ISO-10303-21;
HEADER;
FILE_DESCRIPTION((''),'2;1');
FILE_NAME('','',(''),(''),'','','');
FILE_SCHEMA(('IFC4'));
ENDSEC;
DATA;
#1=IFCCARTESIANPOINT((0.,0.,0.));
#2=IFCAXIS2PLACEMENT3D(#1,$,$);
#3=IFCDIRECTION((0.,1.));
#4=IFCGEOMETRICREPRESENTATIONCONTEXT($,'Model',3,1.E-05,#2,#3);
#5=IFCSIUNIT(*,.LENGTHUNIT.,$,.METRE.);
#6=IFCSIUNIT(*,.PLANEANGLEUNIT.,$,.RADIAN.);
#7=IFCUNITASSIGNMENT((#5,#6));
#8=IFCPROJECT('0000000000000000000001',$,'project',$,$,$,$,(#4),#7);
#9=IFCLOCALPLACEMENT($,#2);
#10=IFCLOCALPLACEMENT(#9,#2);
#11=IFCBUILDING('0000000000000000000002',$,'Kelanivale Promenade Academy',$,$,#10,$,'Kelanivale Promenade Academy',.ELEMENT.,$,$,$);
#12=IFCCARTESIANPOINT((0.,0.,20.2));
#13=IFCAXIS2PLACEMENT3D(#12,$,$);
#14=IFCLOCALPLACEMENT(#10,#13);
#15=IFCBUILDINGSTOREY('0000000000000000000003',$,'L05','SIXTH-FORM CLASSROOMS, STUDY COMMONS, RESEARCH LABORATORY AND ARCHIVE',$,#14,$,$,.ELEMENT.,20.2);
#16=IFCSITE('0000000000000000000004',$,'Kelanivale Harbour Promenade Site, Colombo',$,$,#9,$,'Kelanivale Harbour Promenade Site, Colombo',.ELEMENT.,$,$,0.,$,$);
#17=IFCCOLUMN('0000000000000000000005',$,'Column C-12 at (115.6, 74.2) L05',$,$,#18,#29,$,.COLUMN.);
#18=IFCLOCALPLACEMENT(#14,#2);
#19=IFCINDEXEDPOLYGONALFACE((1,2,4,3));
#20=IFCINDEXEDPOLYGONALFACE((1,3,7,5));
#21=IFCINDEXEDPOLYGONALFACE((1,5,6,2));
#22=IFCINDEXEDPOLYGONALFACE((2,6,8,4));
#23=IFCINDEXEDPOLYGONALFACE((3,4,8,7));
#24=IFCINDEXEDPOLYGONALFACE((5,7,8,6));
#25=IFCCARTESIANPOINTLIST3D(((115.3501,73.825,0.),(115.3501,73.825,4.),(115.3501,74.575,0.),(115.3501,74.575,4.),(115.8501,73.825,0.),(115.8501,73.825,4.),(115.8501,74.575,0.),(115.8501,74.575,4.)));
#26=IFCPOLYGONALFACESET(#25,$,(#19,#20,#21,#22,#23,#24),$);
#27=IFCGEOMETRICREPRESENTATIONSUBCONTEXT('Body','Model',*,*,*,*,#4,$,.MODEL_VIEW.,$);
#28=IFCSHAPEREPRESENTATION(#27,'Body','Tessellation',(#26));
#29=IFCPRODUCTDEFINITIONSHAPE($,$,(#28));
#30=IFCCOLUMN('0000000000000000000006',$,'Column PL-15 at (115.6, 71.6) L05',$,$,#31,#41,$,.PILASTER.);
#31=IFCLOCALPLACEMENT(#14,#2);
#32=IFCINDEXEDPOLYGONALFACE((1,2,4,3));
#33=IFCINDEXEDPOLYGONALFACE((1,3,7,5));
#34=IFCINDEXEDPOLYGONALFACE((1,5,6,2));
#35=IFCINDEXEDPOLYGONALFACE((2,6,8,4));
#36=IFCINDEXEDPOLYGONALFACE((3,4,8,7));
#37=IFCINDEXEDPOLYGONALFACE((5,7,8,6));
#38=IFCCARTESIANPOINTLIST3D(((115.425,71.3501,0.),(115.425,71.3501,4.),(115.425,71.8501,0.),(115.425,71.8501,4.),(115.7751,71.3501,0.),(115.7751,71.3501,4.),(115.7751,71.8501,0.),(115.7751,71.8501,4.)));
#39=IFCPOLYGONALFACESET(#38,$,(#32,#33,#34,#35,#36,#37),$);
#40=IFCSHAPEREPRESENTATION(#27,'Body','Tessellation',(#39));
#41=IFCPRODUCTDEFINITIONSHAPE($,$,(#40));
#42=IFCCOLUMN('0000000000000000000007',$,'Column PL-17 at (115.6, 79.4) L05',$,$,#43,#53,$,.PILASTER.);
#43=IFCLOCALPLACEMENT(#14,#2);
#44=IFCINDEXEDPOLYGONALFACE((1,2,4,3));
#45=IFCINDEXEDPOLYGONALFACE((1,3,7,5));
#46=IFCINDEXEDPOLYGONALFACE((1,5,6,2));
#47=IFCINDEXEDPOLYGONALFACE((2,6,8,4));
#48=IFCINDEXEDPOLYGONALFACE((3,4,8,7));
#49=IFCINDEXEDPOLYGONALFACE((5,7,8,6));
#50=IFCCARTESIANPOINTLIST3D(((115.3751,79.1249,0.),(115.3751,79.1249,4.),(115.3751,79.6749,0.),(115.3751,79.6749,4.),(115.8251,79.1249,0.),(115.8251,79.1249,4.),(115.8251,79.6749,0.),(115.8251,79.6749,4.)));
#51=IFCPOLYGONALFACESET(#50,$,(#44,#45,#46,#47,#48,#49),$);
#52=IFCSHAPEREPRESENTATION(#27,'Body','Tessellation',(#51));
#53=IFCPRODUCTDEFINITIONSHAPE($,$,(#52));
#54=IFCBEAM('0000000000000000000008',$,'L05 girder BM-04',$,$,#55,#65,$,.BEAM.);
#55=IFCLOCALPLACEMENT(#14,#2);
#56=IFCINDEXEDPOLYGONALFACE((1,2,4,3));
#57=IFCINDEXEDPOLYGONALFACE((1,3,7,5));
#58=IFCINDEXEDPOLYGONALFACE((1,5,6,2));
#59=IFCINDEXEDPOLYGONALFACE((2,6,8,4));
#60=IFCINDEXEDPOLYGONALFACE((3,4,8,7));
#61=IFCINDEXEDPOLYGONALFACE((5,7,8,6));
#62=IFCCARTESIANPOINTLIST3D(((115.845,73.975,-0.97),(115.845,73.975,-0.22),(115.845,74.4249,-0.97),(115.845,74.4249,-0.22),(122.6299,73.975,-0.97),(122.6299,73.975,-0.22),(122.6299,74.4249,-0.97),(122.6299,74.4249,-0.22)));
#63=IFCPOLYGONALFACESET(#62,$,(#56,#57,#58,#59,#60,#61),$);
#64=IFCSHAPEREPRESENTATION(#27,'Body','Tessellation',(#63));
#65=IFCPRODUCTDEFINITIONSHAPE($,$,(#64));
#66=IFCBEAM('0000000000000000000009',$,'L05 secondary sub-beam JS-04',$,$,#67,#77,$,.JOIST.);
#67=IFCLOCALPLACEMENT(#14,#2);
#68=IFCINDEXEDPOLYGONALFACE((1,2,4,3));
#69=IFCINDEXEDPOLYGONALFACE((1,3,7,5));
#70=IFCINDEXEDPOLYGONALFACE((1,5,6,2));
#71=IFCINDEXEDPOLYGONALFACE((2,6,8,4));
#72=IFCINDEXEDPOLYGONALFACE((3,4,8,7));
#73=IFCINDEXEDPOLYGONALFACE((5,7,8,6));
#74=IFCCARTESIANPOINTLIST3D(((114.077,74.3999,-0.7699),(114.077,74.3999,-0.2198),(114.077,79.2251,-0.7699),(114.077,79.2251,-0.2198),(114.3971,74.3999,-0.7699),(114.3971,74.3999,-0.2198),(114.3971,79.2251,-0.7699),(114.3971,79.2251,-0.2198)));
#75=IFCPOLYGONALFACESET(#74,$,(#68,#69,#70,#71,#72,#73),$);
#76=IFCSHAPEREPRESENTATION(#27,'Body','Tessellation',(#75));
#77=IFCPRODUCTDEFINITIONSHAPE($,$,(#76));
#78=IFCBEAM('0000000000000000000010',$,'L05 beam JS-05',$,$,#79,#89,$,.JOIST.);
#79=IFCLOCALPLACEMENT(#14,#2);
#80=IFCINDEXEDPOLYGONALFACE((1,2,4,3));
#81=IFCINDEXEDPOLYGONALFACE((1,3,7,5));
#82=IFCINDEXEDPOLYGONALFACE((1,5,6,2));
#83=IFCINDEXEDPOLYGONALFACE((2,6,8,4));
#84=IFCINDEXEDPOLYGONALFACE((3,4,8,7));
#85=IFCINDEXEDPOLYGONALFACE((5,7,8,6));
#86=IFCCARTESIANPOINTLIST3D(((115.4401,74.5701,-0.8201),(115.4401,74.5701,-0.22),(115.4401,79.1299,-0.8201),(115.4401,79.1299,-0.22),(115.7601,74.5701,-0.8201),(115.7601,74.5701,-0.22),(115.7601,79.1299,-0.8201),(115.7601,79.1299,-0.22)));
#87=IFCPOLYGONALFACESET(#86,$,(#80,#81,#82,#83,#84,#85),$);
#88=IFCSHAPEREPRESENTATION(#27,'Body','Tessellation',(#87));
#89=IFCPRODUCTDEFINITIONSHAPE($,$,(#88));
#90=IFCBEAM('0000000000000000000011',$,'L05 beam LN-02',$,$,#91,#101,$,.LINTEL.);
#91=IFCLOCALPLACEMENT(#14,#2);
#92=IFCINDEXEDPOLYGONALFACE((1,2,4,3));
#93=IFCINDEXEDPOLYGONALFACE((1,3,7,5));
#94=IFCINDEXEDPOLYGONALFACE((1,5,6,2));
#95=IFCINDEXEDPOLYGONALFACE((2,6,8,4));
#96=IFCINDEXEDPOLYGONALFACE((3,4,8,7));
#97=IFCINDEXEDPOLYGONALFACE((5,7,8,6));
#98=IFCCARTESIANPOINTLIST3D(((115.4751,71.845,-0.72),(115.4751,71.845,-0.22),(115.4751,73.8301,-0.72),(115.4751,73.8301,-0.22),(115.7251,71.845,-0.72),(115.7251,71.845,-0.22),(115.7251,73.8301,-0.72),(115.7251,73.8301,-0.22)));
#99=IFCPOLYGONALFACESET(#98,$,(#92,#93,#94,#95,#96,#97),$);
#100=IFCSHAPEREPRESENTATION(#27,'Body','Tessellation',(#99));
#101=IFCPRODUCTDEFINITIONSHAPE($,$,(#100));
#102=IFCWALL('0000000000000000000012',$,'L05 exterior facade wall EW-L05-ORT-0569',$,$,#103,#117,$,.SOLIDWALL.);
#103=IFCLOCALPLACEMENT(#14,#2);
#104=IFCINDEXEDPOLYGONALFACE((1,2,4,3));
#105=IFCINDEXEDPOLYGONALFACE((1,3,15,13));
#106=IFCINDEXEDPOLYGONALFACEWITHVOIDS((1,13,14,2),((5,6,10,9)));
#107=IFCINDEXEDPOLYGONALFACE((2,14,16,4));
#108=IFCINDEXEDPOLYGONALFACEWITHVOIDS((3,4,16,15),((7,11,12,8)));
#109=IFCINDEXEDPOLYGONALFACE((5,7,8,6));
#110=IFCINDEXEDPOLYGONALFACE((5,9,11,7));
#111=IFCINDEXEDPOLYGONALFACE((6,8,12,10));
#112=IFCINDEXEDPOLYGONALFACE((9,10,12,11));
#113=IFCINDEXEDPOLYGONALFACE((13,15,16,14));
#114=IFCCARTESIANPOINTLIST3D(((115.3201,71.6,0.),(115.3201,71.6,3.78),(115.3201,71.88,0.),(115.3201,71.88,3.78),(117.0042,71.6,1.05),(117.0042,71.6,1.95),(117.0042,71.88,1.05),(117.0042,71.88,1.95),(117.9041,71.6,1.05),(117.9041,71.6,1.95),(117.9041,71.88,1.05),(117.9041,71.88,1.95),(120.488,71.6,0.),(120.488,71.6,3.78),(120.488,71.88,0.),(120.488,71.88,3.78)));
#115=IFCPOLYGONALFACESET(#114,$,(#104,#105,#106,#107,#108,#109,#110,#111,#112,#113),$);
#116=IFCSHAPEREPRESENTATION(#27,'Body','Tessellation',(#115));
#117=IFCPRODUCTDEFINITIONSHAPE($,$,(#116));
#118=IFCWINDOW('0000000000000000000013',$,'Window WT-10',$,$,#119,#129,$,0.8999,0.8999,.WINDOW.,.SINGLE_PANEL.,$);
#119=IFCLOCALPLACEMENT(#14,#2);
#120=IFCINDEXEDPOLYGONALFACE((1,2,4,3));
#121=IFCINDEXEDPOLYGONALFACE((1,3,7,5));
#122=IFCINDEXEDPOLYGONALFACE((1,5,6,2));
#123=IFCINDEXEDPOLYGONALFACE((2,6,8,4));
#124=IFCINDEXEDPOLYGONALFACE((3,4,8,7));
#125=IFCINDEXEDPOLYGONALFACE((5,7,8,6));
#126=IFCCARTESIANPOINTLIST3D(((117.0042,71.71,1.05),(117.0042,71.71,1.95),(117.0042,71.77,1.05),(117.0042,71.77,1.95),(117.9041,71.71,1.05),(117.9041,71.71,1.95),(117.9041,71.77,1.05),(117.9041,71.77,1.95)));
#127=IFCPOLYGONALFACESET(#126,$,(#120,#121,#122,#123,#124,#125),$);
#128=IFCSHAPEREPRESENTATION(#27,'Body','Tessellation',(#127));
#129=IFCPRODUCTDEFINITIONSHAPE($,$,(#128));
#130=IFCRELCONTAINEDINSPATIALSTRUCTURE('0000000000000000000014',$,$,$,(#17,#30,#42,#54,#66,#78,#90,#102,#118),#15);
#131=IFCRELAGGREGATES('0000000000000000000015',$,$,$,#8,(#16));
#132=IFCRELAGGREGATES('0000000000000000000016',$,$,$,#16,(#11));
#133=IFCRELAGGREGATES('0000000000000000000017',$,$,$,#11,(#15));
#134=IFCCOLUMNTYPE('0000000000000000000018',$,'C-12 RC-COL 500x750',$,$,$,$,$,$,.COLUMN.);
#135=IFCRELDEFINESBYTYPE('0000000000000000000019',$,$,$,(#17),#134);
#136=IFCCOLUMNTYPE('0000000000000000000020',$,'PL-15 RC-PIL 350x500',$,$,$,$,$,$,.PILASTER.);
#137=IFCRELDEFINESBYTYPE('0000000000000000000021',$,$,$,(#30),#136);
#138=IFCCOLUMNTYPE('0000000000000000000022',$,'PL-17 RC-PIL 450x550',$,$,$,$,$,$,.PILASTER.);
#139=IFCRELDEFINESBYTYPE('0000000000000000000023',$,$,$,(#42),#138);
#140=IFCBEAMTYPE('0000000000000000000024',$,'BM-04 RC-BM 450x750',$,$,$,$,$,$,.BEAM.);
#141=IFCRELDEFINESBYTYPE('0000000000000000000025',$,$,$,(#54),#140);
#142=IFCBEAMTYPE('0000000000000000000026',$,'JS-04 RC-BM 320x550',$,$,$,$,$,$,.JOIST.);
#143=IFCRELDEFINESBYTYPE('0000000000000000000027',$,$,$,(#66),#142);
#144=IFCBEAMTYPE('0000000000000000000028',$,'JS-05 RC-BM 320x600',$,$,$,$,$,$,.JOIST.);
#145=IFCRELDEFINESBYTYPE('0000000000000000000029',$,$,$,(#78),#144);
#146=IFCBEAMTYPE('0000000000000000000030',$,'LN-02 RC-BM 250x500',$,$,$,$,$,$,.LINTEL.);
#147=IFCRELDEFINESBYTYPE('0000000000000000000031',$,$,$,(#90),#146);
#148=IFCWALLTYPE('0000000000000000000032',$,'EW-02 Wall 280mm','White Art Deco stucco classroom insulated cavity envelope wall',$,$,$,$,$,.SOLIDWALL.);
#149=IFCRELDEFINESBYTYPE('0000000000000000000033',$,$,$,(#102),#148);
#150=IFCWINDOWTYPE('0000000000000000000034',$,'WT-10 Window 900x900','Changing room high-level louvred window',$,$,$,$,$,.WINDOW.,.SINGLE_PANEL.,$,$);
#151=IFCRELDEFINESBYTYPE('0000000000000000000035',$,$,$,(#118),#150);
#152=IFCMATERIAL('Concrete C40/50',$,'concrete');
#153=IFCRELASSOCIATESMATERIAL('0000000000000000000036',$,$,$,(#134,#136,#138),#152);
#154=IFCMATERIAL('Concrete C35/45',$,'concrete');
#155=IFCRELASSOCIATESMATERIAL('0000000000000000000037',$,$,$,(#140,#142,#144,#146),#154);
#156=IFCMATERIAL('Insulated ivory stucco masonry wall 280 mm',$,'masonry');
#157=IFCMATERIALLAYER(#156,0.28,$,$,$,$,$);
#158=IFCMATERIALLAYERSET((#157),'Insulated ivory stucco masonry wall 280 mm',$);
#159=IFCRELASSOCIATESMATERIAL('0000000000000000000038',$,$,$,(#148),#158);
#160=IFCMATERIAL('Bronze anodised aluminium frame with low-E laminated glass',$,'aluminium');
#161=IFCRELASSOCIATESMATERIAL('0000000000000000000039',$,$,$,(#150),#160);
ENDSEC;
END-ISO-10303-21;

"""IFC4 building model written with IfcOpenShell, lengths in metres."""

from ifc_helpers import new_model, si_unit, direction, frame, frame_2d, origin, origin_2d, place, context, subcontext, project, spatial, rectangle, extrude, material, layer, layer_set, material_profile, profile_set, type_object, element, fill, save


model = new_model("IFC4")

# Units and contexts
model_context = context("Model", 3, precision=1e-05, world=origin(), true_north=direction((0.0, 1.0)))
body_context = subcontext(model_context, "Body", "Model", "MODEL_VIEW")
ifc_project = project(units=[si_unit("LENGTHUNIT", "METRE"), si_unit("PLANEANGLEUNIT", "RADIAN")], contexts=[model_context])

# Site, building, storey
site_placement = place(None, origin())
site = spatial("IfcSite", under=ifc_project, at=site_placement, Name="Kelanivale Harbour Promenade Site, Colombo", LongName="Kelanivale Harbour Promenade Site, Colombo", CompositionType="ELEMENT", RefElevation=0.0)
building_placement = place(site_placement, origin())
building = spatial("IfcBuilding", under=site, at=building_placement, Name="Kelanivale Promenade Academy", LongName="Kelanivale Promenade Academy", CompositionType="ELEMENT")
storey_placement = place(building_placement, frame((0.0, 0.0, 20.2)))
storey = spatial("IfcBuildingStorey", under=building, at=storey_placement, Name="L05", Description="SIXTH-FORM CLASSROOMS, STUDY COMMONS, RESEARCH LABORATORY AND ARCHIVE", CompositionType="ELEMENT", Elevation=20.2)

# Columns
ifc_material_1 = material(Name="Concrete C40/50", Category="concrete")
ifc_material_profile_1 = material_profile(ifc_material_1, rectangle(XDim=0.5, YDim=0.75, at=origin_2d()), Name="RC-COL 500x750")
ifc_profile_set_1 = profile_set([ifc_material_profile_1], Name="Concrete C40/50")
column_type_1 = type_object("IfcColumnType", Name="C-12 RC-COL 500x750", PredefinedType="COLUMN", material=ifc_profile_set_1)
column_1_placement = place(storey_placement, frame((115.6001, 74.2, 0.0), z_axis=(0.0, 0.0, 1.0), x_axis=(1.0, 0.0, 0.0)))
element("IfcColumn", 1, at=column_1_placement, inside=storey, type_object=column_type_1, Name="Column C-12 at (115.6, 74.2) L05", PredefinedType="COLUMN", context=body_context, shape_type="SweptSolid", body=[
    extrude(rectangle(XDim=0.5, YDim=0.75, at=origin_2d()), origin(), (0.0, 0.0, 1.0), 4.0),
])
ifc_material_profile_2 = material_profile(ifc_material_1, rectangle(XDim=0.3501, YDim=0.5, at=origin_2d()), Name="RC-PIL 350x500")
ifc_profile_set_2 = profile_set([ifc_material_profile_2], Name="Concrete C40/50")
column_type_2 = type_object("IfcColumnType", Name="PL-15 RC-PIL 350x500", PredefinedType="PILASTER", material=ifc_profile_set_2)
column_2_placement = place(storey_placement, frame((115.6001, 71.6001, 0.0), z_axis=(0.0, 0.0, 1.0), x_axis=(1.0, 0.0, 0.0)))
element("IfcColumn", 2, at=column_2_placement, inside=storey, type_object=column_type_2, Name="Column PL-15 at (115.6, 71.6) L05", PredefinedType="PILASTER", context=body_context, shape_type="SweptSolid", body=[
    extrude(rectangle(XDim=0.3501, YDim=0.5, at=origin_2d()), origin(), (0.0, 0.0, 1.0), 4.0),
])
ifc_material_profile_3 = material_profile(ifc_material_1, rectangle(XDim=0.45, YDim=0.55, at=origin_2d()), Name="RC-PIL 450x550")
ifc_profile_set_3 = profile_set([ifc_material_profile_3], Name="Concrete C40/50")
column_type_3 = type_object("IfcColumnType", Name="PL-17 RC-PIL 450x550", PredefinedType="PILASTER", material=ifc_profile_set_3)
column_3_placement = place(storey_placement, frame((115.6001, 79.3999, 0.0), z_axis=(0.0, 0.0, 1.0), x_axis=(1.0, 0.0, 0.0)))
element("IfcColumn", 3, at=column_3_placement, inside=storey, type_object=column_type_3, Name="Column PL-17 at (115.6, 79.4) L05", PredefinedType="PILASTER", context=body_context, shape_type="SweptSolid", body=[
    extrude(rectangle(XDim=0.45, YDim=0.55, at=origin_2d()), origin(), (0.0, 0.0, 1.0), 4.0),
])

# Beams
ifc_material_2 = material(Name="Concrete C35/45", Category="concrete")
ifc_material_profile_4 = material_profile(ifc_material_2, rectangle(XDim=0.45, YDim=0.75, at=origin_2d()), Name="RC-BM 450x750")
ifc_profile_set_4 = profile_set([ifc_material_profile_4], Name="Concrete C35/45")
beam_type_1 = type_object("IfcBeamType", Name="BM-04 RC-BM 450x750", PredefinedType="BEAM", material=ifc_profile_set_4)
beam_1_placement = place(storey_placement, frame((115.845, 74.2, -0.595), z_axis=(1.0, 0.0, 0.0), x_axis=(0.0, 1.0, 0.0)))
element("IfcBeam", 4, at=beam_1_placement, inside=storey, type_object=beam_type_1, Name="L05 girder BM-04", PredefinedType="BEAM", context=body_context, shape_type="SweptSolid", body=[
    extrude(rectangle(XDim=0.45, YDim=0.75, at=origin_2d()), origin(), (0.0, 0.0, 1.0), 6.7849),
])
ifc_material_profile_5 = material_profile(ifc_material_2, rectangle(XDim=0.3201, YDim=0.55, at=origin_2d()), Name="RC-BM 320x550")
ifc_profile_set_5 = profile_set([ifc_material_profile_5], Name="Concrete C35/45")
beam_type_2 = type_object("IfcBeamType", Name="JS-04 RC-BM 320x550", PredefinedType="JOIST", material=ifc_profile_set_5)
beam_2_placement = place(storey_placement, frame((114.2371, 74.3999, -0.4949), z_axis=(0.0, 1.0, 0.0), x_axis=(-1.0, 0.0, 0.0)))
element("IfcBeam", 5, at=beam_2_placement, inside=storey, type_object=beam_type_2, Name="L05 secondary sub-beam JS-04", PredefinedType="JOIST", context=body_context, shape_type="SweptSolid", body=[
    extrude(rectangle(XDim=0.3201, YDim=0.55, at=origin_2d()), origin(), (0.0, 0.0, 1.0), 4.8252),
])
ifc_material_profile_6 = material_profile(ifc_material_2, rectangle(XDim=0.3201, YDim=0.6001, at=origin_2d()), Name="RC-BM 320x600")
ifc_profile_set_6 = profile_set([ifc_material_profile_6], Name="Concrete C35/45")
beam_type_3 = type_object("IfcBeamType", Name="JS-05 RC-BM 320x600", PredefinedType="JOIST", material=ifc_profile_set_6)
beam_3_placement = place(storey_placement, frame((115.6001, 74.5701, -0.52), z_axis=(0.0, 1.0, 0.0), x_axis=(-1.0, 0.0, 0.0)))
element("IfcBeam", 6, at=beam_3_placement, inside=storey, type_object=beam_type_3, Name="L05 beam JS-05", PredefinedType="JOIST", context=body_context, shape_type="SweptSolid", body=[
    extrude(rectangle(XDim=0.3201, YDim=0.6001, at=origin_2d()), origin(), (0.0, 0.0, 1.0), 4.5598),
])
ifc_material_profile_7 = material_profile(ifc_material_2, rectangle(XDim=0.25, YDim=0.5, at=origin_2d()), Name="RC-BM 250x500")
ifc_profile_set_7 = profile_set([ifc_material_profile_7], Name="Concrete C35/45")
beam_type_4 = type_object("IfcBeamType", Name="LN-02 RC-BM 250x500", PredefinedType="LINTEL", material=ifc_profile_set_7)
beam_4_placement = place(storey_placement, frame((115.6001, 71.845, -0.47), z_axis=(0.0, 1.0, 0.0), x_axis=(-1.0, 0.0, 0.0)))
element("IfcBeam", 7, at=beam_4_placement, inside=storey, type_object=beam_type_4, Name="L05 beam LN-02", PredefinedType="LINTEL", context=body_context, shape_type="SweptSolid", body=[
    extrude(rectangle(XDim=0.25, YDim=0.5, at=origin_2d()), origin(), (0.0, 0.0, 1.0), 1.9851),
])

# Wall, opening, window
ifc_material_3 = material(Name="Insulated ivory stucco masonry wall 280 mm", Category="masonry")
ifc_layer_1 = layer(ifc_material_3, 0.28)
ifc_layer_set_1 = layer_set([ifc_layer_1], Name="Insulated ivory stucco masonry wall 280 mm")
wall_type_1 = type_object("IfcWallType", Name="EW-02 Wall 280mm", Description="White Art Deco stucco classroom insulated cavity envelope wall", PredefinedType="SOLIDWALL", material=ifc_layer_set_1)
wall_1_placement = place(storey_placement, frame((115.3201, 71.74, 0.0), z_axis=(0.0, 0.0, 1.0), x_axis=(1.0, 0.0, 0.0)))
wall_1 = element("IfcWall", 8, at=wall_1_placement, inside=storey, type_object=wall_type_1, Name="L05 exterior facade wall EW-L05-ORT-0569", PredefinedType="SOLIDWALL", context=body_context, shape_type="SweptSolid", body=[
    extrude(rectangle(XDim=5.168, YDim=0.28, at=frame_2d((2.584, 0.0))), origin(), (0.0, 0.0, 1.0), 3.78),
])
opening_1_placement = place(wall_1_placement, frame((1.6841, 0.0, 1.05)))
opening_1 = element("IfcOpeningElement", 9, at=opening_1_placement, cuts=wall_1, PredefinedType="OPENING", context=body_context, shape_type="SweptSolid", body=[
    extrude(rectangle(XDim=0.8999, YDim=0.8999, at=frame_2d((0.45, 0.45))), frame((0.0, 0.1499, 0.0), z_axis=(0.0, -1.0, 0.0), x_axis=(1.0, 0.0, 0.0)), (0.0, 0.0, 1.0), 0.3),
])
ifc_material_4 = material(Name="Bronze anodised aluminium frame with low-E laminated glass", Category="aluminium")
window_type_1 = type_object("IfcWindowType", Name="WT-10 Window 900x900", Description="Changing room high-level louvred window", PartitioningType="SINGLE_PANEL", PredefinedType="WINDOW", material=ifc_material_4)
window_1_placement = place(opening_1_placement, origin())
window_1 = element("IfcWindow", 10, at=window_1_placement, inside=storey, type_object=window_type_1, Name="Window WT-10", OverallHeight=0.8999, OverallWidth=0.8999, PartitioningType="SINGLE_PANEL", PredefinedType="WINDOW", context=body_context, shape_type="SweptSolid", body=[
    extrude(rectangle(XDim=0.8999, YDim=0.8999, at=frame_2d((0.45, 0.45))), frame((0.0, 0.03, 0.0), z_axis=(0.0, -1.0, 0.0), x_axis=(1.0, 0.0, 0.0)), (0.0, 0.0, 1.0), 0.0601),
])
fill(opening_1, window_1)

save(model, "model.ifc")
